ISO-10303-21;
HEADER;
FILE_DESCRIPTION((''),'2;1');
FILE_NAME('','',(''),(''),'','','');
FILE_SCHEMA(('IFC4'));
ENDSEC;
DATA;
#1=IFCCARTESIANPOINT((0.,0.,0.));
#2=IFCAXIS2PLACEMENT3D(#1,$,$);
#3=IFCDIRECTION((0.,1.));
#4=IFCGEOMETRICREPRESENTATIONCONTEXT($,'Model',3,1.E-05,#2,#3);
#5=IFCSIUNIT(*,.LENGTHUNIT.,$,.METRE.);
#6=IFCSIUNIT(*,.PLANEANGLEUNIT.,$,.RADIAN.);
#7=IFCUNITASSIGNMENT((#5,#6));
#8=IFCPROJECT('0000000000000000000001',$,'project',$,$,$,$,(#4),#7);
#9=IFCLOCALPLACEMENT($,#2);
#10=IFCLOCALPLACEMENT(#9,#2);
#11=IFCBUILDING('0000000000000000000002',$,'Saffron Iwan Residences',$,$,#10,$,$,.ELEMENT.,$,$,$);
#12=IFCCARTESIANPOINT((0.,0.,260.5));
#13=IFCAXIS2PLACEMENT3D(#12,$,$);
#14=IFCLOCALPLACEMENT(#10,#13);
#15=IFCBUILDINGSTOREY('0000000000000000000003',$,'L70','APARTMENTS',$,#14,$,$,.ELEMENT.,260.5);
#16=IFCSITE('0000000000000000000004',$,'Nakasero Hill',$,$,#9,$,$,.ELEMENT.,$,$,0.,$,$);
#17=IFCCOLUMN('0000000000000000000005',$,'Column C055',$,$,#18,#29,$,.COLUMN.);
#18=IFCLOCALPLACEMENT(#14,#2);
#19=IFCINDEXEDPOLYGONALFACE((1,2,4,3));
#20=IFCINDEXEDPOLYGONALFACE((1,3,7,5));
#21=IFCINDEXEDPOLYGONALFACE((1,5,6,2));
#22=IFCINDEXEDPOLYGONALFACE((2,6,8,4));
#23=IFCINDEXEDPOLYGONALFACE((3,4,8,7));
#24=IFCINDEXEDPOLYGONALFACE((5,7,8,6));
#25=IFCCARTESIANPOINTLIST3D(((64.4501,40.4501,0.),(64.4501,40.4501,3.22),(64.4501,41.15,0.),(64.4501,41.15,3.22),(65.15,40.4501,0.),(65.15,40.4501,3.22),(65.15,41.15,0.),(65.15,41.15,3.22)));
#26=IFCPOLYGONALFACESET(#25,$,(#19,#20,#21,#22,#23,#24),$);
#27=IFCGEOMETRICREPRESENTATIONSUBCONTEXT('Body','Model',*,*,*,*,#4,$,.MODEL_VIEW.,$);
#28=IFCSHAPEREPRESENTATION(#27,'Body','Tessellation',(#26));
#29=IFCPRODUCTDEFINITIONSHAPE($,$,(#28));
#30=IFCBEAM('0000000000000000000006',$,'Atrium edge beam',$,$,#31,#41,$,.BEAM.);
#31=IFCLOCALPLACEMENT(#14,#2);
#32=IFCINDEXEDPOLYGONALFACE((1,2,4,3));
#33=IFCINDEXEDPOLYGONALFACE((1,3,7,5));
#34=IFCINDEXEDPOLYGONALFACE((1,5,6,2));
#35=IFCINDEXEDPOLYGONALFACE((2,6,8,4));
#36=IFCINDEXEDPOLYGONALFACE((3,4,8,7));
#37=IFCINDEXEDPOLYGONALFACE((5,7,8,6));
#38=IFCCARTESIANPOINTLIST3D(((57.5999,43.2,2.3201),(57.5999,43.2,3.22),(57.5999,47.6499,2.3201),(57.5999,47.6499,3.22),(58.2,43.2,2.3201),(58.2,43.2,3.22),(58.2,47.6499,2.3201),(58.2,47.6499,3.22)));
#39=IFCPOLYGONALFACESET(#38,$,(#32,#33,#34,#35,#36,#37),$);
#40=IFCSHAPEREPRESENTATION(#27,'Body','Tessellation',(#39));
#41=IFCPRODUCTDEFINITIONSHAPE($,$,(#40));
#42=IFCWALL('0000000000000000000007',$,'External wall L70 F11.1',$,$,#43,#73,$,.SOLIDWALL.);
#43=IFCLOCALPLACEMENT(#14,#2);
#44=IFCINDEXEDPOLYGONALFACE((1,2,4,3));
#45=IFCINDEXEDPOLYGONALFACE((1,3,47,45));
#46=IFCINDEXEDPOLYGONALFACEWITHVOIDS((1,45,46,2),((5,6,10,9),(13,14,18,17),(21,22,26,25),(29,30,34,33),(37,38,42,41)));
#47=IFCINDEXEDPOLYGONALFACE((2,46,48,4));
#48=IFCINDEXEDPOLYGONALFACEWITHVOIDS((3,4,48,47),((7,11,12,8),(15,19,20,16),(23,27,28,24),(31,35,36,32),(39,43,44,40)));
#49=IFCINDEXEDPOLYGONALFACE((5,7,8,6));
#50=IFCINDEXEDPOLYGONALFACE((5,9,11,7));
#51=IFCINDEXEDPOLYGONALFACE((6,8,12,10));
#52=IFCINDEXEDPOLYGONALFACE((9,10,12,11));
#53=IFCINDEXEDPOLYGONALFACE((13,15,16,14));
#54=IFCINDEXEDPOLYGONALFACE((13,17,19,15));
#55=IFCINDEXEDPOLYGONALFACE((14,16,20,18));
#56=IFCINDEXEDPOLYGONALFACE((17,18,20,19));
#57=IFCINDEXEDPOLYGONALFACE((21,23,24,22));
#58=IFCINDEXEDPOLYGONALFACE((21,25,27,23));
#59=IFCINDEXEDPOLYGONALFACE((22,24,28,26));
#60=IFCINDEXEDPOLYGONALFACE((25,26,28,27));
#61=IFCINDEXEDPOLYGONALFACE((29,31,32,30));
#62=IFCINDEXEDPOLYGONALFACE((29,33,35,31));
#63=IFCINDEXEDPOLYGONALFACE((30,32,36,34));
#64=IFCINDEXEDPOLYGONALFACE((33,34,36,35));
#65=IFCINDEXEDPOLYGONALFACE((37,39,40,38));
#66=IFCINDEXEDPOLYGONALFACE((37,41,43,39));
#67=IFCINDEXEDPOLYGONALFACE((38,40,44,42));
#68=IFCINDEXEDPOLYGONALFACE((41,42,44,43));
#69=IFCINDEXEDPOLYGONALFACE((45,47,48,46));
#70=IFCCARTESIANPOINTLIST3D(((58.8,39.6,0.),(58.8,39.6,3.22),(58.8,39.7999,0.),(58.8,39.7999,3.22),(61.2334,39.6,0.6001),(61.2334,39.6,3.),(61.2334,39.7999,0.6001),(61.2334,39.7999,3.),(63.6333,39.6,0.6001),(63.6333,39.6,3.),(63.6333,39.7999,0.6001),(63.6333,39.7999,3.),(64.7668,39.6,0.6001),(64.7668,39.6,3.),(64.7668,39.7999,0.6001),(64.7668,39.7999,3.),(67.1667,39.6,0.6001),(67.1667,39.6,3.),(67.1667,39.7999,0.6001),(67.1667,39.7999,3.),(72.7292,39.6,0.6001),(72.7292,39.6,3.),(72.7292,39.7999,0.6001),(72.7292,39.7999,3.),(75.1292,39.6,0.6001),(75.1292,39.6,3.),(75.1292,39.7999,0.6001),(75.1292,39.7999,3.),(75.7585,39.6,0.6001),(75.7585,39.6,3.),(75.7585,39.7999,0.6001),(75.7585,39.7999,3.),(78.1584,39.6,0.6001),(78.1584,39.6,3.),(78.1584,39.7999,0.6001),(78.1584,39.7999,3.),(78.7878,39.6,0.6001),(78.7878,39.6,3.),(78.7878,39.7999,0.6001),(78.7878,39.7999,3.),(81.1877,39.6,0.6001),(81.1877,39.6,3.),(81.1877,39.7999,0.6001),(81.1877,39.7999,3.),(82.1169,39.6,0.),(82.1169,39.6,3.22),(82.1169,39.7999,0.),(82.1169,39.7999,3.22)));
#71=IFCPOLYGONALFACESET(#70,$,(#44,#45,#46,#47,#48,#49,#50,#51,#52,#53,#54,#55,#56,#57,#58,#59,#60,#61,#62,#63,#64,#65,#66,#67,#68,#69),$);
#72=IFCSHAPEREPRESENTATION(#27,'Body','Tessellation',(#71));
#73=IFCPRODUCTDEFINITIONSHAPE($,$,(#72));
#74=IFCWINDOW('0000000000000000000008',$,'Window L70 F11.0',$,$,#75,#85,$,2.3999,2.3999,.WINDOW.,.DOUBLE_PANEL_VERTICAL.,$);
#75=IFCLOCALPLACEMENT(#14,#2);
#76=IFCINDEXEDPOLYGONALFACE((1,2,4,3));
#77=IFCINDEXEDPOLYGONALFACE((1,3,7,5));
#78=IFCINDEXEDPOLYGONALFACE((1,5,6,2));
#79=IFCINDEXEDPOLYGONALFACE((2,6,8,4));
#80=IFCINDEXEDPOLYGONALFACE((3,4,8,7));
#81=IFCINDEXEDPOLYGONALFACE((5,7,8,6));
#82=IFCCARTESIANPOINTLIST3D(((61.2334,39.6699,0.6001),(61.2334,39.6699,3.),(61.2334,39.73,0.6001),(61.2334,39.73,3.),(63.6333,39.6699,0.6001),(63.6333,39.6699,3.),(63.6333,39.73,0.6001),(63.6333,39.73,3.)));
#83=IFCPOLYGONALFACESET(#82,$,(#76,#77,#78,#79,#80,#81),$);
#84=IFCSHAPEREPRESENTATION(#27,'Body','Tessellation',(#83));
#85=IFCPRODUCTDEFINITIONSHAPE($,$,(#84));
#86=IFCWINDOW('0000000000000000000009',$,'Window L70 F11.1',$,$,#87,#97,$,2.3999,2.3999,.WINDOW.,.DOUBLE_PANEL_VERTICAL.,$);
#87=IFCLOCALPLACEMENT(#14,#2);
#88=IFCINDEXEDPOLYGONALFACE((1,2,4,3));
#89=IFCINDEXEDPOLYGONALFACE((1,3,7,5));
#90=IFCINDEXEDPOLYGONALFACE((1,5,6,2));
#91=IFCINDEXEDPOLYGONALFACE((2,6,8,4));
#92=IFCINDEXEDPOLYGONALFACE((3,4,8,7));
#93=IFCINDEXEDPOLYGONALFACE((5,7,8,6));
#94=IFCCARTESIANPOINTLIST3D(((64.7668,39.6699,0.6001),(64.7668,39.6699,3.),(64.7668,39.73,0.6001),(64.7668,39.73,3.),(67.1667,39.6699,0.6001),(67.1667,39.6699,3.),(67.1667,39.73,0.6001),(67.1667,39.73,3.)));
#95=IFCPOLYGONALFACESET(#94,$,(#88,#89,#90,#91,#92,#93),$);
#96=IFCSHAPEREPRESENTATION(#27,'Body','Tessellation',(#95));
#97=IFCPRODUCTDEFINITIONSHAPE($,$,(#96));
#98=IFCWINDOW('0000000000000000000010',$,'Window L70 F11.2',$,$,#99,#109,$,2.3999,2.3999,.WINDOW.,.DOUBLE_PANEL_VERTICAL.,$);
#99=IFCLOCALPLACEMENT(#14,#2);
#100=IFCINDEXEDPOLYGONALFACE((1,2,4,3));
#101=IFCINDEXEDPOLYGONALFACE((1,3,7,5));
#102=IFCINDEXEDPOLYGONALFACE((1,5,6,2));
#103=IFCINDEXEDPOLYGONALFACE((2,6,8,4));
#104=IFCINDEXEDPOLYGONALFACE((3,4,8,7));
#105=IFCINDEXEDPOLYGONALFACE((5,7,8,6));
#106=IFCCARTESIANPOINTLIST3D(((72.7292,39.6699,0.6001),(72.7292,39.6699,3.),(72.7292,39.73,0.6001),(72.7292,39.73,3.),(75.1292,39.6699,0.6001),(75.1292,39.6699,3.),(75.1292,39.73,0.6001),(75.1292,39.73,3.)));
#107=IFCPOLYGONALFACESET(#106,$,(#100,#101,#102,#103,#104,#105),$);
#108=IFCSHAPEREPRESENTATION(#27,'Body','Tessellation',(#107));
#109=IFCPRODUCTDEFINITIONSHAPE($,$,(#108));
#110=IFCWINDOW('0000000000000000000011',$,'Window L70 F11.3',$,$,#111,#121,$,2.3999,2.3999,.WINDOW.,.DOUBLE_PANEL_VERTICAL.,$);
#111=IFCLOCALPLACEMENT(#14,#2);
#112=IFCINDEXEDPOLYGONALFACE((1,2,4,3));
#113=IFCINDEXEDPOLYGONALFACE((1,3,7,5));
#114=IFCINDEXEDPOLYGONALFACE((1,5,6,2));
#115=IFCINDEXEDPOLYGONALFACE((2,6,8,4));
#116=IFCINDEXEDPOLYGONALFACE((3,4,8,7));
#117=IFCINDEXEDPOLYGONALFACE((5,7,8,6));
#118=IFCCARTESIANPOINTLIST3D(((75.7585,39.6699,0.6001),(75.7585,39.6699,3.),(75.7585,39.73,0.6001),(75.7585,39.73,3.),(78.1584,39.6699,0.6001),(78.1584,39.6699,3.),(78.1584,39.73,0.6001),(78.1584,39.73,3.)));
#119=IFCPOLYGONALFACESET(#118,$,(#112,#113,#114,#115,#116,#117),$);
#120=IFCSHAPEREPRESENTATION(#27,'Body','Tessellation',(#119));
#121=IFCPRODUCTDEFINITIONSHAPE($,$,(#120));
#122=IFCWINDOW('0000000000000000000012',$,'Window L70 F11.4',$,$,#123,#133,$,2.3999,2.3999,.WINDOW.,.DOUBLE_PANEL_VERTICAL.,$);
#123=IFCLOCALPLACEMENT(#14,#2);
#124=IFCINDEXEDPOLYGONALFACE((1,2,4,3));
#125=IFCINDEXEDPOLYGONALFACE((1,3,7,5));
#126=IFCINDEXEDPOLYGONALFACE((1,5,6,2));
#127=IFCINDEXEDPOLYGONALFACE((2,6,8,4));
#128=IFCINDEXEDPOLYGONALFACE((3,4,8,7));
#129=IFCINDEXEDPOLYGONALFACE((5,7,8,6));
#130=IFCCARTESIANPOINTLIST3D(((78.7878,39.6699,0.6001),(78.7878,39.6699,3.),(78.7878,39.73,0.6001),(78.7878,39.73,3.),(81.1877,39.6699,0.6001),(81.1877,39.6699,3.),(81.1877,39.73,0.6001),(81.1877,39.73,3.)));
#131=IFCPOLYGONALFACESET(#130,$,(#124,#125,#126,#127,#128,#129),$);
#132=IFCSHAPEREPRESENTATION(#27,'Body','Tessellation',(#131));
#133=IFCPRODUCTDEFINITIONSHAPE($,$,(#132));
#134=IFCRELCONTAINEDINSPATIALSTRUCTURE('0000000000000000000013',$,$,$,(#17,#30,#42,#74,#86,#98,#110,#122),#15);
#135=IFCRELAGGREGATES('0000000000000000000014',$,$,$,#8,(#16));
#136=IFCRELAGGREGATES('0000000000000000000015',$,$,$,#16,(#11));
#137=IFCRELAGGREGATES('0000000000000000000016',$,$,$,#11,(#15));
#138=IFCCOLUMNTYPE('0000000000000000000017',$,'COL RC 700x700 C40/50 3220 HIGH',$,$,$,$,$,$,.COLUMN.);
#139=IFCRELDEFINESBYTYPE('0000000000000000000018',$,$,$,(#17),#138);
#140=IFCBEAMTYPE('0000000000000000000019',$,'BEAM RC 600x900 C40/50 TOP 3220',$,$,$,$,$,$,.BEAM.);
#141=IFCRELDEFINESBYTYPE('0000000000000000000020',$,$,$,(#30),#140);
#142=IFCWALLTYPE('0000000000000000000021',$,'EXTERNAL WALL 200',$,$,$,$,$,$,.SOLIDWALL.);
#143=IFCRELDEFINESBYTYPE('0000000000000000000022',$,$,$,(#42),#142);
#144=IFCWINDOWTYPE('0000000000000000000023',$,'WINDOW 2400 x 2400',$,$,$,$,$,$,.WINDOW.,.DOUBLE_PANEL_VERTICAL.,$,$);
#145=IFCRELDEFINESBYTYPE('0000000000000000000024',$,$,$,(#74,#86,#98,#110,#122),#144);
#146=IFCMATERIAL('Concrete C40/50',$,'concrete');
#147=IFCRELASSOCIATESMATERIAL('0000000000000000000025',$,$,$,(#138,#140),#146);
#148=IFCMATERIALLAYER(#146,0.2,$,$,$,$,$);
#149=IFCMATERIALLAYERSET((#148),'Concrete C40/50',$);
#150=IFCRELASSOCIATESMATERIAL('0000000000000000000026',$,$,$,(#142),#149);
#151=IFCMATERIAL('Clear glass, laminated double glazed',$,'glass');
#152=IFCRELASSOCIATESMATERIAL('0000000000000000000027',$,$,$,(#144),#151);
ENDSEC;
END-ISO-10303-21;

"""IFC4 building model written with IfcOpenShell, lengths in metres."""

from ifc_helpers import new_model, si_unit, direction, frame, frame_2d, origin, origin_2d, place, context, subcontext, project, spatial, rectangle, extrude, source, transform, mapped, material, layer, layer_set, material_profile, profile_set, type_object, element, fill, save


model = new_model("IFC4")

# Units and contexts
model_context = context("Model", 3, precision=1e-05, world=origin(), true_north=direction((0.0, 1.0)))
body_context = subcontext(model_context, "Body", "Model", "MODEL_VIEW")
ifc_project = project(units=[si_unit("LENGTHUNIT", "METRE"), si_unit("PLANEANGLEUNIT", "RADIAN")], contexts=[model_context])

# Site, building, storey
site_placement = place(None, origin())
site = spatial("IfcSite", under=ifc_project, at=site_placement, Name="Nakasero Hill", CompositionType="ELEMENT", RefElevation=0.0)
building_placement = place(site_placement, origin())
building = spatial("IfcBuilding", under=site, at=building_placement, Name="Saffron Iwan Residences", CompositionType="ELEMENT")
storey_placement = place(building_placement, frame((0.0, 0.0, 260.5)))
storey = spatial("IfcBuildingStorey", under=building, at=storey_placement, Name="L70", Description="APARTMENTS", CompositionType="ELEMENT", Elevation=260.5)

# Column
ifc_material_1 = material(Name="Concrete C40/50", Category="concrete")
ifc_material_profile_1 = material_profile(ifc_material_1, rectangle(XDim=0.7, YDim=0.7, at=origin_2d()), Name="RC 700x700")
ifc_profile_set_1 = profile_set([ifc_material_profile_1], Name="Concrete C40/50")
column_type = type_object("IfcColumnType", Name="COL RC 700x700 C40/50 3220 HIGH", PredefinedType="COLUMN", material=ifc_profile_set_1)
shared_shape_1 = source(origin(), body_context, "Body", "SweptSolid", [
    extrude(rectangle(XDim=0.7, YDim=0.7, at=origin_2d()), origin(), (0.0, 0.0, 1.0), 3.22),
])
column_placement = place(storey_placement, frame((64.8, 40.8, 0.0), z_axis=(0.0, 0.0, 1.0), x_axis=(1.0, 0.0, 0.0)))
element("IfcColumn", 1, at=column_placement, inside=storey, type_object=column_type, Name="Column C055", PredefinedType="COLUMN", context=body_context, shape_type="MappedRepresentation", body=[
    mapped(shared_shape_1, transform((0.0, 0.0, 0.0))),
])

# Beam
ifc_material_profile_2 = material_profile(ifc_material_1, rectangle(XDim=0.6001, YDim=0.8999, at=origin_2d()), Name="RC 600x900")
ifc_profile_set_2 = profile_set([ifc_material_profile_2], Name="Concrete C40/50")
beam_type = type_object("IfcBeamType", Name="BEAM RC 600x900 C40/50 TOP 3220", PredefinedType="BEAM", material=ifc_profile_set_2)
shared_shape_2 = source(origin(), body_context, "Body", "SweptSolid", [
    extrude(rectangle(XDim=0.6001, YDim=0.8999, at=origin_2d()), origin(), (0.0, 0.0, 1.0), 4.45),
])
beam_placement = place(storey_placement, frame((57.8999, 47.6499, 2.77), z_axis=(0.0, -1.0, 0.0), x_axis=(1.0, 0.0, 0.0)))
element("IfcBeam", 2, at=beam_placement, inside=storey, type_object=beam_type, Name="Atrium edge beam", PredefinedType="BEAM", context=body_context, shape_type="MappedRepresentation", body=[
    mapped(shared_shape_2, transform((0.0, 0.0, 0.0))),
])

# Wall, openings, windows
ifc_layer_1 = layer(ifc_material_1, 0.2)
ifc_layer_set_1 = layer_set([ifc_layer_1], Name="Concrete C40/50")
wall_type_1 = type_object("IfcWallType", Name="EXTERNAL WALL 200", PredefinedType="SOLIDWALL", material=ifc_layer_set_1)
wall_1_placement = place(storey_placement, frame((58.8, 39.7, 0.0), z_axis=(0.0, 0.0, 1.0), x_axis=(1.0, 0.0, 0.0)))
wall_1 = element("IfcWall", 3, at=wall_1_placement, inside=storey, type_object=wall_type_1, Name="External wall L70 F11.1", PredefinedType="SOLIDWALL", context=body_context, shape_type="SweptSolid", body=[
    extrude(rectangle(XDim=23.3169, YDim=0.2, at=frame_2d((11.6584, 0.0))), origin(), (0.0, 0.0, 1.0), 3.22),
])
opening_1_placement = place(wall_1_placement, frame((2.4333, 0.0, 0.6001)))
opening_1 = element("IfcOpeningElement", 4, at=opening_1_placement, cuts=wall_1, PredefinedType="OPENING", context=body_context, shape_type="SweptSolid", body=[
    extrude(rectangle(XDim=2.3999, YDim=2.3999, at=frame_2d((1.2, 1.2))), frame((0.0, 0.1099, 0.0), z_axis=(0.0, -1.0, 0.0), x_axis=(1.0, 0.0, 0.0)), (0.0, 0.0, 1.0), 0.22),
])
opening_2_placement = place(wall_1_placement, frame((5.9668, 0.0, 0.6001)))
opening_2 = element("IfcOpeningElement", 5, at=opening_2_placement, cuts=wall_1, PredefinedType="OPENING", context=body_context, shape_type="SweptSolid", body=[
    extrude(rectangle(XDim=2.3999, YDim=2.3999, at=frame_2d((1.2, 1.2))), frame((0.0, 0.1099, 0.0), z_axis=(0.0, -1.0, 0.0), x_axis=(1.0, 0.0, 0.0)), (0.0, 0.0, 1.0), 0.22),
])
opening_3_placement = place(wall_1_placement, frame((13.9292, 0.0, 0.6001)))
opening_3 = element("IfcOpeningElement", 6, at=opening_3_placement, cuts=wall_1, PredefinedType="OPENING", context=body_context, shape_type="SweptSolid", body=[
    extrude(rectangle(XDim=2.3999, YDim=2.3999, at=frame_2d((1.2, 1.2))), frame((0.0, 0.1099, 0.0), z_axis=(0.0, -1.0, 0.0), x_axis=(1.0, 0.0, 0.0)), (0.0, 0.0, 1.0), 0.22),
])
opening_4_placement = place(wall_1_placement, frame((16.9585, 0.0, 0.6001)))
opening_4 = element("IfcOpeningElement", 7, at=opening_4_placement, cuts=wall_1, PredefinedType="OPENING", context=body_context, shape_type="SweptSolid", body=[
    extrude(rectangle(XDim=2.3999, YDim=2.3999, at=frame_2d((1.2, 1.2))), frame((0.0, 0.1099, 0.0), z_axis=(0.0, -1.0, 0.0), x_axis=(1.0, 0.0, 0.0)), (0.0, 0.0, 1.0), 0.22),
])
opening_5_placement = place(wall_1_placement, frame((19.9878, 0.0, 0.6001)))
opening_5 = element("IfcOpeningElement", 8, at=opening_5_placement, cuts=wall_1, PredefinedType="OPENING", context=body_context, shape_type="SweptSolid", body=[
    extrude(rectangle(XDim=2.3999, YDim=2.3999, at=frame_2d((1.2, 1.2))), frame((0.0, 0.1099, 0.0), z_axis=(0.0, -1.0, 0.0), x_axis=(1.0, 0.0, 0.0)), (0.0, 0.0, 1.0), 0.22),
])
ifc_material_2 = material(Name="Clear glass, laminated double glazed", Category="glass")
window_type = type_object("IfcWindowType", Name="WINDOW 2400 x 2400", PartitioningType="DOUBLE_PANEL_VERTICAL", PredefinedType="WINDOW", material=ifc_material_2)
window_1_placement = place(opening_1_placement, origin())
window_1 = element("IfcWindow", 9, at=window_1_placement, inside=storey, type_object=window_type, Name="Window L70 F11.0", OverallHeight=2.3999, OverallWidth=2.3999, PartitioningType="DOUBLE_PANEL_VERTICAL", PredefinedType="WINDOW", context=body_context, shape_type="SweptSolid", body=[
    extrude(rectangle(XDim=2.3999, YDim=2.3999, at=frame_2d((1.2, 1.2))), frame((0.0, 0.03, 0.0), z_axis=(0.0, -1.0, 0.0), x_axis=(1.0, 0.0, 0.0)), (0.0, 0.0, 1.0), 0.0601),
])
fill(opening_1, window_1)
window_2_placement = place(opening_2_placement, origin())
window_2 = element("IfcWindow", 10, at=window_2_placement, inside=storey, type_object=window_type, Name="Window L70 F11.1", OverallHeight=2.3999, OverallWidth=2.3999, PartitioningType="DOUBLE_PANEL_VERTICAL", PredefinedType="WINDOW", context=body_context, shape_type="SweptSolid", body=[
    extrude(rectangle(XDim=2.3999, YDim=2.3999, at=frame_2d((1.2, 1.2))), frame((0.0, 0.03, 0.0), z_axis=(0.0, -1.0, 0.0), x_axis=(1.0, 0.0, 0.0)), (0.0, 0.0, 1.0), 0.0601),
])
fill(opening_2, window_2)
window_3_placement = place(opening_3_placement, origin())
window_3 = element("IfcWindow", 11, at=window_3_placement, inside=storey, type_object=window_type, Name="Window L70 F11.2", OverallHeight=2.3999, OverallWidth=2.3999, PartitioningType="DOUBLE_PANEL_VERTICAL", PredefinedType="WINDOW", context=body_context, shape_type="SweptSolid", body=[
    extrude(rectangle(XDim=2.3999, YDim=2.3999, at=frame_2d((1.2, 1.2))), frame((0.0, 0.03, 0.0), z_axis=(0.0, -1.0, 0.0), x_axis=(1.0, 0.0, 0.0)), (0.0, 0.0, 1.0), 0.0601),
])
fill(opening_3, window_3)
window_4_placement = place(opening_4_placement, origin())
window_4 = element("IfcWindow", 12, at=window_4_placement, inside=storey, type_object=window_type, Name="Window L70 F11.3", OverallHeight=2.3999, OverallWidth=2.3999, PartitioningType="DOUBLE_PANEL_VERTICAL", PredefinedType="WINDOW", context=body_context, shape_type="SweptSolid", body=[
    extrude(rectangle(XDim=2.3999, YDim=2.3999, at=frame_2d((1.2, 1.2))), frame((0.0, 0.03, 0.0), z_axis=(0.0, -1.0, 0.0), x_axis=(1.0, 0.0, 0.0)), (0.0, 0.0, 1.0), 0.0601),
])
fill(opening_4, window_4)
window_5_placement = place(opening_5_placement, origin())
window_5 = element("IfcWindow", 13, at=window_5_placement, inside=storey, type_object=window_type, Name="Window L70 F11.4", OverallHeight=2.3999, OverallWidth=2.3999, PartitioningType="DOUBLE_PANEL_VERTICAL", PredefinedType="WINDOW", context=body_context, shape_type="SweptSolid", body=[
    extrude(rectangle(XDim=2.3999, YDim=2.3999, at=frame_2d((1.2, 1.2))), frame((0.0, 0.03, 0.0), z_axis=(0.0, -1.0, 0.0), x_axis=(1.0, 0.0, 0.0)), (0.0, 0.0, 1.0), 0.0601),
])
fill(opening_5, window_5)

save(model, "model.ifc")
